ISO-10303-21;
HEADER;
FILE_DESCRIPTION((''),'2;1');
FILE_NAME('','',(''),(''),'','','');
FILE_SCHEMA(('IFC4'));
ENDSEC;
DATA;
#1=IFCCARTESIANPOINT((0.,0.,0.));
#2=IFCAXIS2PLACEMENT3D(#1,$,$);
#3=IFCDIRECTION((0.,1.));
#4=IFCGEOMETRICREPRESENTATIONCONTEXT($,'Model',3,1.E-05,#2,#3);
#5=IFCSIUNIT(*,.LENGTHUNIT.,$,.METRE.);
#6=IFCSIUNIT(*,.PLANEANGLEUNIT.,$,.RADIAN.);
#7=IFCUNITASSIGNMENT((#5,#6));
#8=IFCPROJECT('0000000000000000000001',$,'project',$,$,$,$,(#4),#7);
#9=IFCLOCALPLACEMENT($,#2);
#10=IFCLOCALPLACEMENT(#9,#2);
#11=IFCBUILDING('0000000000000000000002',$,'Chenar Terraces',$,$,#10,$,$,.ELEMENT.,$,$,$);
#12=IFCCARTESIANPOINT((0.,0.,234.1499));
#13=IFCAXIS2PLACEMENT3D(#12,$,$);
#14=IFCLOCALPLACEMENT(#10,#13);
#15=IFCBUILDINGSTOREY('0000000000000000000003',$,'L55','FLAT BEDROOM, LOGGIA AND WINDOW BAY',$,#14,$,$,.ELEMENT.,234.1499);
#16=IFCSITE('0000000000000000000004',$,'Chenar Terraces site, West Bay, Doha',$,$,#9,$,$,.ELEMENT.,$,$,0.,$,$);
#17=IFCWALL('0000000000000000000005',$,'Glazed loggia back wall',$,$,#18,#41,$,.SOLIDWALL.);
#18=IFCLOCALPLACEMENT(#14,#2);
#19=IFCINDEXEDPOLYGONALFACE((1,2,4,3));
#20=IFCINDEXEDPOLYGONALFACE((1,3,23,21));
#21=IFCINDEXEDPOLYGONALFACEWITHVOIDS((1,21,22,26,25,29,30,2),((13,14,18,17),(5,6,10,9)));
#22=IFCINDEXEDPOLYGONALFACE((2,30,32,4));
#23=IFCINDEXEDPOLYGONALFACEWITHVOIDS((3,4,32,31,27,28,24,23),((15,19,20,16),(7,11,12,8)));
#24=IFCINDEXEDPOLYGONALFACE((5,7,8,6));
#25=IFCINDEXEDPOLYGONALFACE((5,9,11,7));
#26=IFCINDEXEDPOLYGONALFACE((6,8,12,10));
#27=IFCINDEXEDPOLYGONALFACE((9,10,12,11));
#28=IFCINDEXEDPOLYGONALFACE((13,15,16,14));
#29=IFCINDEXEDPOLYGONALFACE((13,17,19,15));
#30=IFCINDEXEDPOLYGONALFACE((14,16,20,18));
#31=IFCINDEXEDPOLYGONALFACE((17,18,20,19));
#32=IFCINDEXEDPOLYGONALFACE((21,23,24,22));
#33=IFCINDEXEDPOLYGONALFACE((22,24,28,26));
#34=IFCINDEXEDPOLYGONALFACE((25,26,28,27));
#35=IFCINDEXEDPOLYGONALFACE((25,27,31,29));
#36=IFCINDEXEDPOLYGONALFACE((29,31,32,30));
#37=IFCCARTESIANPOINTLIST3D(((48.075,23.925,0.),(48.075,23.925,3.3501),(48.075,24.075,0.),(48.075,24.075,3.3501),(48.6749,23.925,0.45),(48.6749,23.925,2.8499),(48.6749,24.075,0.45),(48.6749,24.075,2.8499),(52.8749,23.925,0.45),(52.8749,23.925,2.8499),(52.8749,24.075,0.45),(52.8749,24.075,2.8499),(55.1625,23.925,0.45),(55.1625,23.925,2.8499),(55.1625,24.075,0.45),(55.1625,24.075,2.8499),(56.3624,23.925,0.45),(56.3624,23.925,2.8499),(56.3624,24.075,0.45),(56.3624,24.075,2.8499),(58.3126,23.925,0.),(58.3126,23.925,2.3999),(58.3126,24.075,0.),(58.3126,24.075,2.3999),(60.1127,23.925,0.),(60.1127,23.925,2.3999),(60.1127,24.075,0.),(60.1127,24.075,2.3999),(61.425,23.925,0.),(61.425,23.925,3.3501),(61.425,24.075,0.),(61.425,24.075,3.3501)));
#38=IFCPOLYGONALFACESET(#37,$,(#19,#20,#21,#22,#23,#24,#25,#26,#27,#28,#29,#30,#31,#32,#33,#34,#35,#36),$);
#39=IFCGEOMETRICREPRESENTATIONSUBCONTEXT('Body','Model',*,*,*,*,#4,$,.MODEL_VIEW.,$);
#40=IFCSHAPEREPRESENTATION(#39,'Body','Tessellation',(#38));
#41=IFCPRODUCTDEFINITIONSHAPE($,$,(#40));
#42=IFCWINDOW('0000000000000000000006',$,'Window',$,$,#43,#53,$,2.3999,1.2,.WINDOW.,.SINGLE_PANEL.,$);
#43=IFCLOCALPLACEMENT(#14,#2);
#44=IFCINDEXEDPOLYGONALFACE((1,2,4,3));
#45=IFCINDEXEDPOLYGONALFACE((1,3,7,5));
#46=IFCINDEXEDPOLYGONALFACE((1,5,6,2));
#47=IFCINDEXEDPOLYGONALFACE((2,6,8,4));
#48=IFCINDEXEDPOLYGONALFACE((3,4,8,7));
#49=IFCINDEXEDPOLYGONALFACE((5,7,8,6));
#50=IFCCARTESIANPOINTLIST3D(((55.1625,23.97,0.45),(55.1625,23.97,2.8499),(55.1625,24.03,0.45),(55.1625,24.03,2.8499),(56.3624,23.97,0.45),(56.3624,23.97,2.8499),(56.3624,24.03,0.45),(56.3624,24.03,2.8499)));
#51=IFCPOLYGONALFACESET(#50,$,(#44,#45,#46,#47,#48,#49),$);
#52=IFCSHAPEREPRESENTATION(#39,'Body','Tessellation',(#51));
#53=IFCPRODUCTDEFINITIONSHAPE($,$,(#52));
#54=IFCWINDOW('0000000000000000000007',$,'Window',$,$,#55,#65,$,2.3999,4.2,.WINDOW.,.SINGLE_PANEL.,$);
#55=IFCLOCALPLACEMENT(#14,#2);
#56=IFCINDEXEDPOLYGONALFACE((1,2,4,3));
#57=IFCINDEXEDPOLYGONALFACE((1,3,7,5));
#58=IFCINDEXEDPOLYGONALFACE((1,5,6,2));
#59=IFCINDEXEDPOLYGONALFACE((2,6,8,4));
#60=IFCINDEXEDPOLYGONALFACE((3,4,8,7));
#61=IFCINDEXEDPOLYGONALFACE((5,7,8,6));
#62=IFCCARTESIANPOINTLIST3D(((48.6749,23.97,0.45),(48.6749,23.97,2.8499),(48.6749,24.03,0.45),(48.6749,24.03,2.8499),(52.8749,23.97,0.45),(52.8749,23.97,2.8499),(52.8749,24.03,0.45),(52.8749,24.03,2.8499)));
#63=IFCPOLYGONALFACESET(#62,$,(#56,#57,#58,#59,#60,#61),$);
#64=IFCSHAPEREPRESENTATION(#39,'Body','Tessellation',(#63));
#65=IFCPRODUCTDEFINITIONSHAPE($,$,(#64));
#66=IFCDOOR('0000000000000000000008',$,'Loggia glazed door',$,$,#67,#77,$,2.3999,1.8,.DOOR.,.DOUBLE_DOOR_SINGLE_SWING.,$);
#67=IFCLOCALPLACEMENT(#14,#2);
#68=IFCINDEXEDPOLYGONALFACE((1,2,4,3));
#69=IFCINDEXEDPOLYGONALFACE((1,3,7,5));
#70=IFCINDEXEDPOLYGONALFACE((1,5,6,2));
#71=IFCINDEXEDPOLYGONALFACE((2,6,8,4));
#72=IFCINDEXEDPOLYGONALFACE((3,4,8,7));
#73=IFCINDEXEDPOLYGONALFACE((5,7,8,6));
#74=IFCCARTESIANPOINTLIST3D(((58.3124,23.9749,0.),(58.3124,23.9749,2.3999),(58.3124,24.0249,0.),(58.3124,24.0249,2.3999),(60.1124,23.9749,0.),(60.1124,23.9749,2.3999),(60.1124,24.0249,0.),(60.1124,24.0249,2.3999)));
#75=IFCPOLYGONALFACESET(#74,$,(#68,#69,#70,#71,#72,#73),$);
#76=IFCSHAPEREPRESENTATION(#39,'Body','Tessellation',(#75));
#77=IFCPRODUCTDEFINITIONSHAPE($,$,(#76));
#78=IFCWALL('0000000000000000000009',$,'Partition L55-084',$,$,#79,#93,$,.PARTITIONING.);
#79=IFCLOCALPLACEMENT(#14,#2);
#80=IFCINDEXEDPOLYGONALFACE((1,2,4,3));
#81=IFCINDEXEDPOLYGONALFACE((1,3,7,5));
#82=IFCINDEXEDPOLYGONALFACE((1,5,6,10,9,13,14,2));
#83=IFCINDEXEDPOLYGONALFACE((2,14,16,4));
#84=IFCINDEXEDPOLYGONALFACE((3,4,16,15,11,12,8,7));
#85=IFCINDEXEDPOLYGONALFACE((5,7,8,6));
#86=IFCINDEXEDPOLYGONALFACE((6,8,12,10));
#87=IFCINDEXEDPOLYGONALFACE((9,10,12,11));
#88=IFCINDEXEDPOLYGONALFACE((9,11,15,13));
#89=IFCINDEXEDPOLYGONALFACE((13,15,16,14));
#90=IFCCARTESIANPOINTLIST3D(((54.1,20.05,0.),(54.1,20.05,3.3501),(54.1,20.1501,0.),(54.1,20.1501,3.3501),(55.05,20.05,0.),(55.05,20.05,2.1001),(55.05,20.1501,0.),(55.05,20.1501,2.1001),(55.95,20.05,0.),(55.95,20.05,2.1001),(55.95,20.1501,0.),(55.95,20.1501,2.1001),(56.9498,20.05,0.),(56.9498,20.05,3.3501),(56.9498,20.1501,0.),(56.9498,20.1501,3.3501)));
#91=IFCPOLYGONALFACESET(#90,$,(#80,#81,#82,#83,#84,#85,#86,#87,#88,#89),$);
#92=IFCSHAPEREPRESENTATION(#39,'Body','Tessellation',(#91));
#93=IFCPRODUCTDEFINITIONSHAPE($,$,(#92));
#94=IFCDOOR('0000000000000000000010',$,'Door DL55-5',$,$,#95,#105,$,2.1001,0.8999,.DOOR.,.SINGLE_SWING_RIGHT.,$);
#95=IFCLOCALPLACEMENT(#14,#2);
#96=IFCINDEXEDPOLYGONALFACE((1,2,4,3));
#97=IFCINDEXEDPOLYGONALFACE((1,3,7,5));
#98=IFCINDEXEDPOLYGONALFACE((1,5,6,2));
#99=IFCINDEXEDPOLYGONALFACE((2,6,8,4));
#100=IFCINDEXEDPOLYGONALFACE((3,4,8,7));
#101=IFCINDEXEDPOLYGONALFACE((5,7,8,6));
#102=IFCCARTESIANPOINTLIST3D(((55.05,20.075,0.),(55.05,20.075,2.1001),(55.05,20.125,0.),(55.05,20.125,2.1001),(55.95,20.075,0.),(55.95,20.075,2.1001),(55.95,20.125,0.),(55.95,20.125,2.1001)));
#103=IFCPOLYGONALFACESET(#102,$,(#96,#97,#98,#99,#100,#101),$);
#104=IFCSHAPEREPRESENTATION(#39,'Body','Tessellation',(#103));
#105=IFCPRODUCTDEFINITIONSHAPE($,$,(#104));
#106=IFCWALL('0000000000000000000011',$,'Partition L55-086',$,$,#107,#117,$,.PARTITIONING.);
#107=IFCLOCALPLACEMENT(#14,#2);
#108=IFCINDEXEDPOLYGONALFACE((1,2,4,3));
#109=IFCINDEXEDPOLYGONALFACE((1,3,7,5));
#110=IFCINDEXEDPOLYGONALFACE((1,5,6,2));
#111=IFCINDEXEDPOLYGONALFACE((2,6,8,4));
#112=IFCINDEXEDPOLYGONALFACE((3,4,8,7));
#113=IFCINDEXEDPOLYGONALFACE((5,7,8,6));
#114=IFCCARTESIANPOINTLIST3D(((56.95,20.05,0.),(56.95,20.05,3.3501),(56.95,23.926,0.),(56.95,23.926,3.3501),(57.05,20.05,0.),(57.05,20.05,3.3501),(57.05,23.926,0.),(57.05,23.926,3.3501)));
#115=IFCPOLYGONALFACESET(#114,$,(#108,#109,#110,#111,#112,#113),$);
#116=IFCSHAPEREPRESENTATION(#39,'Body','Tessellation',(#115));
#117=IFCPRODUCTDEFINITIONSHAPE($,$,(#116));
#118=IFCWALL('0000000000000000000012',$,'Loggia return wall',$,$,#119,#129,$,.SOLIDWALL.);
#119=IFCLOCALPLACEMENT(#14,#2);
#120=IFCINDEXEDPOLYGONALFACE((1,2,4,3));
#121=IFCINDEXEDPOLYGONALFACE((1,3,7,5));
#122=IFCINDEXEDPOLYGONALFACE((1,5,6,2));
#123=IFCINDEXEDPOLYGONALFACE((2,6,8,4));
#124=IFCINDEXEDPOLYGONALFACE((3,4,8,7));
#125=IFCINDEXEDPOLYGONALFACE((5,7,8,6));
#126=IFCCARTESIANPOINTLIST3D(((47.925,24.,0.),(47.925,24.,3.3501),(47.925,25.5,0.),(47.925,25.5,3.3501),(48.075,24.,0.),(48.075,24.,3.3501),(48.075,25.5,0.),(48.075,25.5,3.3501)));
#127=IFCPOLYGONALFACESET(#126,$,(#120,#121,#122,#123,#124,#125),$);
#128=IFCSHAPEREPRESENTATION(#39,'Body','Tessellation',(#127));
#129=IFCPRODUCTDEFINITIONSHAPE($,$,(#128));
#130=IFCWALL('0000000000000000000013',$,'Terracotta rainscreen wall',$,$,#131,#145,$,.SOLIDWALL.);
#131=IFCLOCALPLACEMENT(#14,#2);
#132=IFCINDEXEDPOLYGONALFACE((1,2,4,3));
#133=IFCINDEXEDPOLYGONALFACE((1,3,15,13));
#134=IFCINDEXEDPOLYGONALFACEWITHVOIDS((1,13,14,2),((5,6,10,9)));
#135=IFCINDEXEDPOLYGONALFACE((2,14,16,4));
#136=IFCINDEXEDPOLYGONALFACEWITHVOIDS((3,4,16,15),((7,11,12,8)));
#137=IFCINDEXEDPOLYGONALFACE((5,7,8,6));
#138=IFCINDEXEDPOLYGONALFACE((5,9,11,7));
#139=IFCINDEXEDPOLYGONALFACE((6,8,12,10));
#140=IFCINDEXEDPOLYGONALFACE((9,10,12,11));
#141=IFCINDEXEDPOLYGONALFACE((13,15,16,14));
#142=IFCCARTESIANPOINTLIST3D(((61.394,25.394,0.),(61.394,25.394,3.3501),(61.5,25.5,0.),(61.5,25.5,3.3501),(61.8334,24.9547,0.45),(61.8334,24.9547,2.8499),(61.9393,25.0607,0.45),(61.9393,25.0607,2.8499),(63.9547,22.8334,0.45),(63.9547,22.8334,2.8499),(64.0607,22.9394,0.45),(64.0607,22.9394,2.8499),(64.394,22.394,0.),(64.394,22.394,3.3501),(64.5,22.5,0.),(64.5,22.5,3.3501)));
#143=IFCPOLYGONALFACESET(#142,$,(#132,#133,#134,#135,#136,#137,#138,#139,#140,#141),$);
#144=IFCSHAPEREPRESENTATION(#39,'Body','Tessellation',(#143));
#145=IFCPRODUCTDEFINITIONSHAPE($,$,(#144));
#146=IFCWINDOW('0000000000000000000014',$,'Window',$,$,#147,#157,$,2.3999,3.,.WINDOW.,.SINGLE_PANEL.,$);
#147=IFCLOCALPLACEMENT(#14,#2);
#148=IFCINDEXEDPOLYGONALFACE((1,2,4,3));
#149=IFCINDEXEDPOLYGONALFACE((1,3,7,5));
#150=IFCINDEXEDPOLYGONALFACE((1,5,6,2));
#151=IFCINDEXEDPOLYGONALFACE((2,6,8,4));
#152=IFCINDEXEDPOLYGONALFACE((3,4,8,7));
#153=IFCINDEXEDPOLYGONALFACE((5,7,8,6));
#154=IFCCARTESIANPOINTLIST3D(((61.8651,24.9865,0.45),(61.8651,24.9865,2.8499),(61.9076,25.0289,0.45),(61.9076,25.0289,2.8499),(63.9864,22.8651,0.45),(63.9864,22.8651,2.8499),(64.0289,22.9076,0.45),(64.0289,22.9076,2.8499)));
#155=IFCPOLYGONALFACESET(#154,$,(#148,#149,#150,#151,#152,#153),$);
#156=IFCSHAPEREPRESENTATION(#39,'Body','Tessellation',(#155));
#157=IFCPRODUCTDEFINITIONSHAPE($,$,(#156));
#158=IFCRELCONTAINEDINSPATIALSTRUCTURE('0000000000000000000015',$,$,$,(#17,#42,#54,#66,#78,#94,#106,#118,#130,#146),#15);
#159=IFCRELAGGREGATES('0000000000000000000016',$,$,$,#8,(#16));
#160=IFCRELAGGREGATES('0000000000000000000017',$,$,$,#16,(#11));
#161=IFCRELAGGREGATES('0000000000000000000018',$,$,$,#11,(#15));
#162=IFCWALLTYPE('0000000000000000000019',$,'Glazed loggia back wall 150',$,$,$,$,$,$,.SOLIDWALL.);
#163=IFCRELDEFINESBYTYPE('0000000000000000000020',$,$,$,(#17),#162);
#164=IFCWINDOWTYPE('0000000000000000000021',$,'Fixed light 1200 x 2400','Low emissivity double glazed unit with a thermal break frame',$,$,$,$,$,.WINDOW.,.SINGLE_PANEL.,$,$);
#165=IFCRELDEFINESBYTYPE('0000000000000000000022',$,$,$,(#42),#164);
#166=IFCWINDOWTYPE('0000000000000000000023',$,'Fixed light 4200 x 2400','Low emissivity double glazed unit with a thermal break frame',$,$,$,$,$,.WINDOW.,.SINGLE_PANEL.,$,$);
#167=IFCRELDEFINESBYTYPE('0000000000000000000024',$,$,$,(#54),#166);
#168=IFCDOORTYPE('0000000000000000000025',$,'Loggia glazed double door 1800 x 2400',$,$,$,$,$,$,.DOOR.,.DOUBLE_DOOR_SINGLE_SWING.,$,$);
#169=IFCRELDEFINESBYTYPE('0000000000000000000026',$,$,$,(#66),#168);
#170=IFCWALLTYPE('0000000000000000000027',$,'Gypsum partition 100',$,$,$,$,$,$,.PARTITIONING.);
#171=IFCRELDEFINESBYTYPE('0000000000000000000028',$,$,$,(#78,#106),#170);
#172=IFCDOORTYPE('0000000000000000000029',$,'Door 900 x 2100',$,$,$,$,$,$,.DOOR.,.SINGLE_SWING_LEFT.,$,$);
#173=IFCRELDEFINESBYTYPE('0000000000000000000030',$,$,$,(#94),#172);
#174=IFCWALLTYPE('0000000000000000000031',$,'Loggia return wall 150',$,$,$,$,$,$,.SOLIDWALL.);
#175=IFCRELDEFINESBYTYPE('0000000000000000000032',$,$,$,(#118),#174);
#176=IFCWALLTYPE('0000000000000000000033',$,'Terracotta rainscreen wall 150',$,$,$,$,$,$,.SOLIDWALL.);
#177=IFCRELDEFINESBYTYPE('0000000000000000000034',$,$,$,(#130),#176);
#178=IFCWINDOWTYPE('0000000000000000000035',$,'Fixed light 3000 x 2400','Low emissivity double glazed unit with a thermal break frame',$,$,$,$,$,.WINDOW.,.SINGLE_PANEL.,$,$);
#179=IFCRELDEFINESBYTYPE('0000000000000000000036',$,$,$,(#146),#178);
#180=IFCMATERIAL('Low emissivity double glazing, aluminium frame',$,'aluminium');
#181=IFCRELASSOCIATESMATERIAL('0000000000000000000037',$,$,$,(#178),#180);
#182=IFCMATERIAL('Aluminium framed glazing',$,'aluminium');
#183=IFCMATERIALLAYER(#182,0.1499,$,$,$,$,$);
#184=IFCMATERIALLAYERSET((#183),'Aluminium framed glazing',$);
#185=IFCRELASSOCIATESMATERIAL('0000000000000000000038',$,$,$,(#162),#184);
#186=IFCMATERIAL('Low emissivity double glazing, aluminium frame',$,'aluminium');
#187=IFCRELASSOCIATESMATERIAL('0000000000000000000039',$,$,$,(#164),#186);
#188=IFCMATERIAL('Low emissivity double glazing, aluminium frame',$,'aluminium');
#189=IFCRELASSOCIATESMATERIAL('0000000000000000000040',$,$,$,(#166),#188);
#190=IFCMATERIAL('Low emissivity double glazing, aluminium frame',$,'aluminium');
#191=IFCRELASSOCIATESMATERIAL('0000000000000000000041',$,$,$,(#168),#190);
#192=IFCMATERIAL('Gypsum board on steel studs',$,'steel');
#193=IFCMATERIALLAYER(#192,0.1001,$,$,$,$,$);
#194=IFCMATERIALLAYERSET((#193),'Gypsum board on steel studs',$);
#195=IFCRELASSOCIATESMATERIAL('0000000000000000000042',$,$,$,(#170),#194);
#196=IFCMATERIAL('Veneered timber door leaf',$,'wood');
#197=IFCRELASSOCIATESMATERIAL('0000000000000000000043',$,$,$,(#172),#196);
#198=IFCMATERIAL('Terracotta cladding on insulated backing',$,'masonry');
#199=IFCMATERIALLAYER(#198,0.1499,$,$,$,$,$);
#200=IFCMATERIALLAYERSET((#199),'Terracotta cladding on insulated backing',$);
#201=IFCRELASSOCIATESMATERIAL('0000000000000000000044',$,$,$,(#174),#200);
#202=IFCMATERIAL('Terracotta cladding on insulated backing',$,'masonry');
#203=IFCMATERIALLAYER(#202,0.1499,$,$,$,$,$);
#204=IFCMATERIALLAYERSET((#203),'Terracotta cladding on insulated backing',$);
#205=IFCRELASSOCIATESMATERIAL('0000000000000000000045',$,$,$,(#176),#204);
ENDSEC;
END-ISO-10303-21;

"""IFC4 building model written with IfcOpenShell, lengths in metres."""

from ifc_helpers import new_model, si_unit, direction, frame, frame_2d, origin, place, context, subcontext, project, spatial, rectangle, extrude, material, layer, layer_set, type_object, element, fill, save


model = new_model("IFC4")

# Units and contexts
model_context = context("Model", 3, precision=1e-05, world=origin(), true_north=direction((0.0, 1.0)))
body_context = subcontext(model_context, "Body", "Model", "MODEL_VIEW")
ifc_project = project(units=[si_unit("LENGTHUNIT", "METRE"), si_unit("PLANEANGLEUNIT", "RADIAN")], contexts=[model_context])

# Site, building, storey
site_placement = place(None, origin())
site = spatial("IfcSite", under=ifc_project, at=site_placement, Name="Chenar Terraces site, West Bay, Doha", CompositionType="ELEMENT", RefElevation=0.0)
building_placement = place(site_placement, origin())
building = spatial("IfcBuilding", under=site, at=building_placement, Name="Chenar Terraces", CompositionType="ELEMENT")
storey_placement = place(building_placement, frame((0.0, 0.0, 234.1499)))
storey = spatial("IfcBuildingStorey", under=building, at=storey_placement, Name="L55", Description="FLAT BEDROOM, LOGGIA AND WINDOW BAY", CompositionType="ELEMENT", Elevation=234.1499)

# Shared definitions
ifc_material_1 = material(Name="Low emissivity double glazing, aluminium frame", Category="aluminium")
window_type_1 = type_object("IfcWindowType", Name="Fixed light 3000 x 2400", Description="Low emissivity double glazed unit with a thermal break frame", PartitioningType="SINGLE_PANEL", PredefinedType="WINDOW", material=ifc_material_1)

# Wall, openings, windows, door
ifc_material_2 = material(Name="Aluminium framed glazing", Category="aluminium")
ifc_layer_1 = layer(ifc_material_2, 0.1499)
ifc_layer_set_1 = layer_set([ifc_layer_1], Name="Aluminium framed glazing")
wall_type_1 = type_object("IfcWallType", Name="Glazed loggia back wall 150", PredefinedType="SOLIDWALL", material=ifc_layer_set_1)
wall_1_placement = place(storey_placement, frame((61.425, 24.0, 0.0), z_axis=(0.0, 0.0, 1.0), x_axis=(-1.0, 0.0, 0.0)))
wall_1 = element("IfcWall", 1, at=wall_1_placement, inside=storey, type_object=wall_type_1, Name="Glazed loggia back wall", PredefinedType="SOLIDWALL", context=body_context, shape_type="SweptSolid", body=[
    extrude(rectangle(XDim=13.3501, YDim=0.1499, at=frame_2d((6.675, 0.0))), origin(), (0.0, 0.0, 1.0), 3.3501),
])
opening_1_placement = place(wall_1_placement, frame((1.3125, 0.0, 0.0)))
opening_1 = element("IfcOpeningElement", 2, at=opening_1_placement, cuts=wall_1, PredefinedType="OPENING", context=body_context, shape_type="SweptSolid", body=[
    extrude(rectangle(XDim=1.8, YDim=2.3999, at=frame_2d((0.8999, 1.2))), frame((0.0, 0.085, 0.0), z_axis=(0.0, -1.0, 0.0), x_axis=(1.0, 0.0, 0.0)), (0.0, 0.0, 1.0), 0.1699),
])
opening_2_placement = place(wall_1_placement, frame((5.0625, 0.0, 0.45)))
opening_2 = element("IfcOpeningElement", 3, at=opening_2_placement, cuts=wall_1, PredefinedType="OPENING", context=body_context, shape_type="SweptSolid", body=[
    extrude(rectangle(XDim=1.2, YDim=2.3999, at=frame_2d((0.6001, 1.2))), frame((0.0, 0.085, 0.0), z_axis=(0.0, -1.0, 0.0), x_axis=(1.0, 0.0, 0.0)), (0.0, 0.0, 1.0), 0.1699),
])
opening_3_placement = place(wall_1_placement, frame((8.55, 0.0, 0.45)))
opening_3 = element("IfcOpeningElement", 4, at=opening_3_placement, cuts=wall_1, PredefinedType="OPENING", context=body_context, shape_type="SweptSolid", body=[
    extrude(rectangle(XDim=4.2, YDim=2.3999, at=frame_2d((2.1001, 1.2))), frame((0.0, 0.085, 0.0), z_axis=(0.0, -1.0, 0.0), x_axis=(1.0, 0.0, 0.0)), (0.0, 0.0, 1.0), 0.1699),
])
ifc_material_3 = material(Name="Low emissivity double glazing, aluminium frame", Category="aluminium")
window_type_2 = type_object("IfcWindowType", Name="Fixed light 1200 x 2400", Description="Low emissivity double glazed unit with a thermal break frame", PartitioningType="SINGLE_PANEL", PredefinedType="WINDOW", material=ifc_material_3)
window_1_placement = place(opening_2_placement, origin())
window_1 = element("IfcWindow", 5, at=window_1_placement, inside=storey, type_object=window_type_2, Name="Window", OverallHeight=2.3999, OverallWidth=1.2, PartitioningType="SINGLE_PANEL", PredefinedType="WINDOW", context=body_context, shape_type="SweptSolid", body=[
    extrude(rectangle(XDim=1.2, YDim=2.3999, at=frame_2d((0.6001, 1.2))), frame((0.0, 0.03, 0.0), z_axis=(0.0, -1.0, 0.0), x_axis=(1.0, 0.0, 0.0)), (0.0, 0.0, 1.0), 0.0601),
])
fill(opening_2, window_1)
ifc_material_4 = material(Name="Low emissivity double glazing, aluminium frame", Category="aluminium")
window_type_3 = type_object("IfcWindowType", Name="Fixed light 4200 x 2400", Description="Low emissivity double glazed unit with a thermal break frame", PartitioningType="SINGLE_PANEL", PredefinedType="WINDOW", material=ifc_material_4)
window_2_placement = place(opening_3_placement, origin())
window_2 = element("IfcWindow", 6, at=window_2_placement, inside=storey, type_object=window_type_3, Name="Window", OverallHeight=2.3999, OverallWidth=4.2, PartitioningType="SINGLE_PANEL", PredefinedType="WINDOW", context=body_context, shape_type="SweptSolid", body=[
    extrude(rectangle(XDim=4.2, YDim=2.3999, at=frame_2d((2.1001, 1.2))), frame((0.0, 0.03, 0.0), z_axis=(0.0, -1.0, 0.0), x_axis=(1.0, 0.0, 0.0)), (0.0, 0.0, 1.0), 0.0601),
])
fill(opening_3, window_2)
ifc_material_5 = material(Name="Low emissivity double glazing, aluminium frame", Category="aluminium")
door_type_1 = type_object("IfcDoorType", Name="Loggia glazed double door 1800 x 2400", OperationType="DOUBLE_DOOR_SINGLE_SWING", PredefinedType="DOOR", material=ifc_material_5)
door_1_placement = place(opening_1_placement, frame((1.8, 0.0, 0.0), z_axis=(0.0, 0.0, 1.0), x_axis=(-1.0, 0.0, 0.0)))
door_1 = element("IfcDoor", 7, at=door_1_placement, inside=storey, type_object=door_type_1, Name="Loggia glazed door", OperationType="DOUBLE_DOOR_SINGLE_SWING", OverallHeight=2.3999, OverallWidth=1.8, PredefinedType="DOOR", context=body_context, shape_type="SweptSolid", body=[
    extrude(rectangle(XDim=1.8, YDim=2.3999, at=frame_2d((0.8999, 1.2))), frame((0.0, 0.0249, 0.0), z_axis=(0.0, -1.0, 0.0), x_axis=(1.0, 0.0, 0.0)), (0.0, 0.0, 1.0), 0.05),
])
fill(opening_1, door_1)

# Wall, opening, door
ifc_material_6 = material(Name="Gypsum board on steel studs", Category="steel")
ifc_layer_2 = layer(ifc_material_6, 0.1001)
ifc_layer_set_2 = layer_set([ifc_layer_2], Name="Gypsum board on steel studs")
wall_type_2 = type_object("IfcWallType", Name="Gypsum partition 100", PredefinedType="PARTITIONING", material=ifc_layer_set_2)
wall_2_placement = place(storey_placement, frame((54.1001, 20.1001, 0.0), z_axis=(0.0, 0.0, 1.0), x_axis=(1.0, 0.0, 0.0)))
wall_2 = element("IfcWall", 8, at=wall_2_placement, inside=storey, type_object=wall_type_2, Name="Partition L55-084", PredefinedType="PARTITIONING", context=body_context, shape_type="SweptSolid", body=[
    extrude(rectangle(XDim=2.8499, YDim=0.1001, at=frame_2d((1.4248, 0.0))), origin(), (0.0, 0.0, 1.0), 3.3501),
])
opening_4_placement = place(wall_2_placement, frame((0.95, 0.0, 0.0)))
opening_4 = element("IfcOpeningElement", 9, at=opening_4_placement, cuts=wall_2, PredefinedType="OPENING", context=body_context, shape_type="SweptSolid", body=[
    extrude(rectangle(XDim=0.8999, YDim=2.1001, at=frame_2d((0.45, 1.05))), frame((0.0, 0.0601, 0.0), z_axis=(0.0, -1.0, 0.0), x_axis=(1.0, 0.0, 0.0)), (0.0, 0.0, 1.0), 0.1201),
])
ifc_material_7 = material(Name="Veneered timber door leaf", Category="wood")
door_type_2 = type_object("IfcDoorType", Name="Door 900 x 2100", OperationType="SINGLE_SWING_LEFT", PredefinedType="DOOR", material=ifc_material_7)
door_2_placement = place(opening_4_placement, origin())
door_2 = element("IfcDoor", 10, at=door_2_placement, inside=storey, type_object=door_type_2, Name="Door DL55-5", OperationType="SINGLE_SWING_RIGHT", OverallHeight=2.1001, OverallWidth=0.8999, PredefinedType="DOOR", context=body_context, shape_type="SweptSolid", body=[
    extrude(rectangle(XDim=0.8999, YDim=2.1001, at=frame_2d((0.45, 1.05))), frame((0.0, 0.0249, 0.0), z_axis=(0.0, -1.0, 0.0), x_axis=(1.0, 0.0, 0.0)), (0.0, 0.0, 1.0), 0.05),
])
fill(opening_4, door_2)

# Walls
wall_3_placement = place(storey_placement, frame((57.0, 20.05, 0.0), z_axis=(0.0, 0.0, 1.0), x_axis=(0.0, 1.0, 0.0)))
element("IfcWall", 11, at=wall_3_placement, inside=storey, type_object=wall_type_2, Name="Partition L55-086", PredefinedType="PARTITIONING", context=body_context, shape_type="SweptSolid", body=[
    extrude(rectangle(XDim=3.876, YDim=0.1001, at=frame_2d((1.938, 0.0))), origin(), (0.0, 0.0, 1.0), 3.3501),
])
ifc_material_8 = material(Name="Terracotta cladding on insulated backing", Category="masonry")
ifc_layer_3 = layer(ifc_material_8, 0.1499)
ifc_layer_set_3 = layer_set([ifc_layer_3], Name="Terracotta cladding on insulated backing")
wall_type_3 = type_object("IfcWallType", Name="Loggia return wall 150", PredefinedType="SOLIDWALL", material=ifc_layer_set_3)
wall_4_placement = place(storey_placement, frame((48.0, 25.5, 0.0), z_axis=(0.0, 0.0, 1.0), x_axis=(0.0, -1.0, 0.0)))
element("IfcWall", 12, at=wall_4_placement, inside=storey, type_object=wall_type_3, Name="Loggia return wall", PredefinedType="SOLIDWALL", context=body_context, shape_type="SweptSolid", body=[
    extrude(rectangle(XDim=1.5, YDim=0.1499, at=frame_2d((0.75, 0.0))), origin(), (0.0, 0.0, 1.0), 3.3501),
])

# Wall, opening, window
ifc_material_9 = material(Name="Terracotta cladding on insulated backing", Category="masonry")
ifc_layer_4 = layer(ifc_material_9, 0.1499)
ifc_layer_set_4 = layer_set([ifc_layer_4], Name="Terracotta cladding on insulated backing")
wall_type_4 = type_object("IfcWallType", Name="Terracotta rainscreen wall 150", PredefinedType="SOLIDWALL", material=ifc_layer_set_4)
wall_5_placement = place(storey_placement, frame((64.447, 22.447, 0.0), z_axis=(0.0, 0.0, 1.0), x_axis=(-0.707107, 0.707107, 0.0)))
wall_5 = element("IfcWall", 13, at=wall_5_placement, inside=storey, type_object=wall_type_4, Name="Terracotta rainscreen wall", PredefinedType="SOLIDWALL", context=body_context, shape_type="SweptSolid", body=[
    extrude(rectangle(XDim=4.2427, YDim=0.1499, at=frame_2d((2.1213, 0.0))), origin(), (0.0, 0.0, 1.0), 3.3501),
])
opening_5_placement = place(wall_5_placement, frame((0.6213, 0.0, 0.45)))
opening_5 = element("IfcOpeningElement", 14, at=opening_5_placement, cuts=wall_5, PredefinedType="OPENING", context=body_context, shape_type="SweptSolid", body=[
    extrude(rectangle(XDim=3.0, YDim=2.3999, at=frame_2d((1.5, 1.2))), frame((0.0, 0.085, 0.0), z_axis=(0.0, -1.0, 0.0), x_axis=(1.0, 0.0, 0.0)), (0.0, 0.0, 1.0), 0.1699),
])
window_3_placement = place(opening_5_placement, origin())
window_3 = element("IfcWindow", 15, at=window_3_placement, inside=storey, type_object=window_type_1, Name="Window", OverallHeight=2.3999, OverallWidth=3.0, PartitioningType="SINGLE_PANEL", PredefinedType="WINDOW", context=body_context, shape_type="SweptSolid", body=[
    extrude(rectangle(XDim=3.0, YDim=2.3999, at=frame_2d((1.5, 1.2))), frame((0.0, 0.03, 0.0), z_axis=(0.0, -1.0, 0.0), x_axis=(1.0, 0.0, 0.0)), (0.0, 0.0, 1.0), 0.0601),
])
fill(opening_5, window_3)

save(model, "model.ifc")
